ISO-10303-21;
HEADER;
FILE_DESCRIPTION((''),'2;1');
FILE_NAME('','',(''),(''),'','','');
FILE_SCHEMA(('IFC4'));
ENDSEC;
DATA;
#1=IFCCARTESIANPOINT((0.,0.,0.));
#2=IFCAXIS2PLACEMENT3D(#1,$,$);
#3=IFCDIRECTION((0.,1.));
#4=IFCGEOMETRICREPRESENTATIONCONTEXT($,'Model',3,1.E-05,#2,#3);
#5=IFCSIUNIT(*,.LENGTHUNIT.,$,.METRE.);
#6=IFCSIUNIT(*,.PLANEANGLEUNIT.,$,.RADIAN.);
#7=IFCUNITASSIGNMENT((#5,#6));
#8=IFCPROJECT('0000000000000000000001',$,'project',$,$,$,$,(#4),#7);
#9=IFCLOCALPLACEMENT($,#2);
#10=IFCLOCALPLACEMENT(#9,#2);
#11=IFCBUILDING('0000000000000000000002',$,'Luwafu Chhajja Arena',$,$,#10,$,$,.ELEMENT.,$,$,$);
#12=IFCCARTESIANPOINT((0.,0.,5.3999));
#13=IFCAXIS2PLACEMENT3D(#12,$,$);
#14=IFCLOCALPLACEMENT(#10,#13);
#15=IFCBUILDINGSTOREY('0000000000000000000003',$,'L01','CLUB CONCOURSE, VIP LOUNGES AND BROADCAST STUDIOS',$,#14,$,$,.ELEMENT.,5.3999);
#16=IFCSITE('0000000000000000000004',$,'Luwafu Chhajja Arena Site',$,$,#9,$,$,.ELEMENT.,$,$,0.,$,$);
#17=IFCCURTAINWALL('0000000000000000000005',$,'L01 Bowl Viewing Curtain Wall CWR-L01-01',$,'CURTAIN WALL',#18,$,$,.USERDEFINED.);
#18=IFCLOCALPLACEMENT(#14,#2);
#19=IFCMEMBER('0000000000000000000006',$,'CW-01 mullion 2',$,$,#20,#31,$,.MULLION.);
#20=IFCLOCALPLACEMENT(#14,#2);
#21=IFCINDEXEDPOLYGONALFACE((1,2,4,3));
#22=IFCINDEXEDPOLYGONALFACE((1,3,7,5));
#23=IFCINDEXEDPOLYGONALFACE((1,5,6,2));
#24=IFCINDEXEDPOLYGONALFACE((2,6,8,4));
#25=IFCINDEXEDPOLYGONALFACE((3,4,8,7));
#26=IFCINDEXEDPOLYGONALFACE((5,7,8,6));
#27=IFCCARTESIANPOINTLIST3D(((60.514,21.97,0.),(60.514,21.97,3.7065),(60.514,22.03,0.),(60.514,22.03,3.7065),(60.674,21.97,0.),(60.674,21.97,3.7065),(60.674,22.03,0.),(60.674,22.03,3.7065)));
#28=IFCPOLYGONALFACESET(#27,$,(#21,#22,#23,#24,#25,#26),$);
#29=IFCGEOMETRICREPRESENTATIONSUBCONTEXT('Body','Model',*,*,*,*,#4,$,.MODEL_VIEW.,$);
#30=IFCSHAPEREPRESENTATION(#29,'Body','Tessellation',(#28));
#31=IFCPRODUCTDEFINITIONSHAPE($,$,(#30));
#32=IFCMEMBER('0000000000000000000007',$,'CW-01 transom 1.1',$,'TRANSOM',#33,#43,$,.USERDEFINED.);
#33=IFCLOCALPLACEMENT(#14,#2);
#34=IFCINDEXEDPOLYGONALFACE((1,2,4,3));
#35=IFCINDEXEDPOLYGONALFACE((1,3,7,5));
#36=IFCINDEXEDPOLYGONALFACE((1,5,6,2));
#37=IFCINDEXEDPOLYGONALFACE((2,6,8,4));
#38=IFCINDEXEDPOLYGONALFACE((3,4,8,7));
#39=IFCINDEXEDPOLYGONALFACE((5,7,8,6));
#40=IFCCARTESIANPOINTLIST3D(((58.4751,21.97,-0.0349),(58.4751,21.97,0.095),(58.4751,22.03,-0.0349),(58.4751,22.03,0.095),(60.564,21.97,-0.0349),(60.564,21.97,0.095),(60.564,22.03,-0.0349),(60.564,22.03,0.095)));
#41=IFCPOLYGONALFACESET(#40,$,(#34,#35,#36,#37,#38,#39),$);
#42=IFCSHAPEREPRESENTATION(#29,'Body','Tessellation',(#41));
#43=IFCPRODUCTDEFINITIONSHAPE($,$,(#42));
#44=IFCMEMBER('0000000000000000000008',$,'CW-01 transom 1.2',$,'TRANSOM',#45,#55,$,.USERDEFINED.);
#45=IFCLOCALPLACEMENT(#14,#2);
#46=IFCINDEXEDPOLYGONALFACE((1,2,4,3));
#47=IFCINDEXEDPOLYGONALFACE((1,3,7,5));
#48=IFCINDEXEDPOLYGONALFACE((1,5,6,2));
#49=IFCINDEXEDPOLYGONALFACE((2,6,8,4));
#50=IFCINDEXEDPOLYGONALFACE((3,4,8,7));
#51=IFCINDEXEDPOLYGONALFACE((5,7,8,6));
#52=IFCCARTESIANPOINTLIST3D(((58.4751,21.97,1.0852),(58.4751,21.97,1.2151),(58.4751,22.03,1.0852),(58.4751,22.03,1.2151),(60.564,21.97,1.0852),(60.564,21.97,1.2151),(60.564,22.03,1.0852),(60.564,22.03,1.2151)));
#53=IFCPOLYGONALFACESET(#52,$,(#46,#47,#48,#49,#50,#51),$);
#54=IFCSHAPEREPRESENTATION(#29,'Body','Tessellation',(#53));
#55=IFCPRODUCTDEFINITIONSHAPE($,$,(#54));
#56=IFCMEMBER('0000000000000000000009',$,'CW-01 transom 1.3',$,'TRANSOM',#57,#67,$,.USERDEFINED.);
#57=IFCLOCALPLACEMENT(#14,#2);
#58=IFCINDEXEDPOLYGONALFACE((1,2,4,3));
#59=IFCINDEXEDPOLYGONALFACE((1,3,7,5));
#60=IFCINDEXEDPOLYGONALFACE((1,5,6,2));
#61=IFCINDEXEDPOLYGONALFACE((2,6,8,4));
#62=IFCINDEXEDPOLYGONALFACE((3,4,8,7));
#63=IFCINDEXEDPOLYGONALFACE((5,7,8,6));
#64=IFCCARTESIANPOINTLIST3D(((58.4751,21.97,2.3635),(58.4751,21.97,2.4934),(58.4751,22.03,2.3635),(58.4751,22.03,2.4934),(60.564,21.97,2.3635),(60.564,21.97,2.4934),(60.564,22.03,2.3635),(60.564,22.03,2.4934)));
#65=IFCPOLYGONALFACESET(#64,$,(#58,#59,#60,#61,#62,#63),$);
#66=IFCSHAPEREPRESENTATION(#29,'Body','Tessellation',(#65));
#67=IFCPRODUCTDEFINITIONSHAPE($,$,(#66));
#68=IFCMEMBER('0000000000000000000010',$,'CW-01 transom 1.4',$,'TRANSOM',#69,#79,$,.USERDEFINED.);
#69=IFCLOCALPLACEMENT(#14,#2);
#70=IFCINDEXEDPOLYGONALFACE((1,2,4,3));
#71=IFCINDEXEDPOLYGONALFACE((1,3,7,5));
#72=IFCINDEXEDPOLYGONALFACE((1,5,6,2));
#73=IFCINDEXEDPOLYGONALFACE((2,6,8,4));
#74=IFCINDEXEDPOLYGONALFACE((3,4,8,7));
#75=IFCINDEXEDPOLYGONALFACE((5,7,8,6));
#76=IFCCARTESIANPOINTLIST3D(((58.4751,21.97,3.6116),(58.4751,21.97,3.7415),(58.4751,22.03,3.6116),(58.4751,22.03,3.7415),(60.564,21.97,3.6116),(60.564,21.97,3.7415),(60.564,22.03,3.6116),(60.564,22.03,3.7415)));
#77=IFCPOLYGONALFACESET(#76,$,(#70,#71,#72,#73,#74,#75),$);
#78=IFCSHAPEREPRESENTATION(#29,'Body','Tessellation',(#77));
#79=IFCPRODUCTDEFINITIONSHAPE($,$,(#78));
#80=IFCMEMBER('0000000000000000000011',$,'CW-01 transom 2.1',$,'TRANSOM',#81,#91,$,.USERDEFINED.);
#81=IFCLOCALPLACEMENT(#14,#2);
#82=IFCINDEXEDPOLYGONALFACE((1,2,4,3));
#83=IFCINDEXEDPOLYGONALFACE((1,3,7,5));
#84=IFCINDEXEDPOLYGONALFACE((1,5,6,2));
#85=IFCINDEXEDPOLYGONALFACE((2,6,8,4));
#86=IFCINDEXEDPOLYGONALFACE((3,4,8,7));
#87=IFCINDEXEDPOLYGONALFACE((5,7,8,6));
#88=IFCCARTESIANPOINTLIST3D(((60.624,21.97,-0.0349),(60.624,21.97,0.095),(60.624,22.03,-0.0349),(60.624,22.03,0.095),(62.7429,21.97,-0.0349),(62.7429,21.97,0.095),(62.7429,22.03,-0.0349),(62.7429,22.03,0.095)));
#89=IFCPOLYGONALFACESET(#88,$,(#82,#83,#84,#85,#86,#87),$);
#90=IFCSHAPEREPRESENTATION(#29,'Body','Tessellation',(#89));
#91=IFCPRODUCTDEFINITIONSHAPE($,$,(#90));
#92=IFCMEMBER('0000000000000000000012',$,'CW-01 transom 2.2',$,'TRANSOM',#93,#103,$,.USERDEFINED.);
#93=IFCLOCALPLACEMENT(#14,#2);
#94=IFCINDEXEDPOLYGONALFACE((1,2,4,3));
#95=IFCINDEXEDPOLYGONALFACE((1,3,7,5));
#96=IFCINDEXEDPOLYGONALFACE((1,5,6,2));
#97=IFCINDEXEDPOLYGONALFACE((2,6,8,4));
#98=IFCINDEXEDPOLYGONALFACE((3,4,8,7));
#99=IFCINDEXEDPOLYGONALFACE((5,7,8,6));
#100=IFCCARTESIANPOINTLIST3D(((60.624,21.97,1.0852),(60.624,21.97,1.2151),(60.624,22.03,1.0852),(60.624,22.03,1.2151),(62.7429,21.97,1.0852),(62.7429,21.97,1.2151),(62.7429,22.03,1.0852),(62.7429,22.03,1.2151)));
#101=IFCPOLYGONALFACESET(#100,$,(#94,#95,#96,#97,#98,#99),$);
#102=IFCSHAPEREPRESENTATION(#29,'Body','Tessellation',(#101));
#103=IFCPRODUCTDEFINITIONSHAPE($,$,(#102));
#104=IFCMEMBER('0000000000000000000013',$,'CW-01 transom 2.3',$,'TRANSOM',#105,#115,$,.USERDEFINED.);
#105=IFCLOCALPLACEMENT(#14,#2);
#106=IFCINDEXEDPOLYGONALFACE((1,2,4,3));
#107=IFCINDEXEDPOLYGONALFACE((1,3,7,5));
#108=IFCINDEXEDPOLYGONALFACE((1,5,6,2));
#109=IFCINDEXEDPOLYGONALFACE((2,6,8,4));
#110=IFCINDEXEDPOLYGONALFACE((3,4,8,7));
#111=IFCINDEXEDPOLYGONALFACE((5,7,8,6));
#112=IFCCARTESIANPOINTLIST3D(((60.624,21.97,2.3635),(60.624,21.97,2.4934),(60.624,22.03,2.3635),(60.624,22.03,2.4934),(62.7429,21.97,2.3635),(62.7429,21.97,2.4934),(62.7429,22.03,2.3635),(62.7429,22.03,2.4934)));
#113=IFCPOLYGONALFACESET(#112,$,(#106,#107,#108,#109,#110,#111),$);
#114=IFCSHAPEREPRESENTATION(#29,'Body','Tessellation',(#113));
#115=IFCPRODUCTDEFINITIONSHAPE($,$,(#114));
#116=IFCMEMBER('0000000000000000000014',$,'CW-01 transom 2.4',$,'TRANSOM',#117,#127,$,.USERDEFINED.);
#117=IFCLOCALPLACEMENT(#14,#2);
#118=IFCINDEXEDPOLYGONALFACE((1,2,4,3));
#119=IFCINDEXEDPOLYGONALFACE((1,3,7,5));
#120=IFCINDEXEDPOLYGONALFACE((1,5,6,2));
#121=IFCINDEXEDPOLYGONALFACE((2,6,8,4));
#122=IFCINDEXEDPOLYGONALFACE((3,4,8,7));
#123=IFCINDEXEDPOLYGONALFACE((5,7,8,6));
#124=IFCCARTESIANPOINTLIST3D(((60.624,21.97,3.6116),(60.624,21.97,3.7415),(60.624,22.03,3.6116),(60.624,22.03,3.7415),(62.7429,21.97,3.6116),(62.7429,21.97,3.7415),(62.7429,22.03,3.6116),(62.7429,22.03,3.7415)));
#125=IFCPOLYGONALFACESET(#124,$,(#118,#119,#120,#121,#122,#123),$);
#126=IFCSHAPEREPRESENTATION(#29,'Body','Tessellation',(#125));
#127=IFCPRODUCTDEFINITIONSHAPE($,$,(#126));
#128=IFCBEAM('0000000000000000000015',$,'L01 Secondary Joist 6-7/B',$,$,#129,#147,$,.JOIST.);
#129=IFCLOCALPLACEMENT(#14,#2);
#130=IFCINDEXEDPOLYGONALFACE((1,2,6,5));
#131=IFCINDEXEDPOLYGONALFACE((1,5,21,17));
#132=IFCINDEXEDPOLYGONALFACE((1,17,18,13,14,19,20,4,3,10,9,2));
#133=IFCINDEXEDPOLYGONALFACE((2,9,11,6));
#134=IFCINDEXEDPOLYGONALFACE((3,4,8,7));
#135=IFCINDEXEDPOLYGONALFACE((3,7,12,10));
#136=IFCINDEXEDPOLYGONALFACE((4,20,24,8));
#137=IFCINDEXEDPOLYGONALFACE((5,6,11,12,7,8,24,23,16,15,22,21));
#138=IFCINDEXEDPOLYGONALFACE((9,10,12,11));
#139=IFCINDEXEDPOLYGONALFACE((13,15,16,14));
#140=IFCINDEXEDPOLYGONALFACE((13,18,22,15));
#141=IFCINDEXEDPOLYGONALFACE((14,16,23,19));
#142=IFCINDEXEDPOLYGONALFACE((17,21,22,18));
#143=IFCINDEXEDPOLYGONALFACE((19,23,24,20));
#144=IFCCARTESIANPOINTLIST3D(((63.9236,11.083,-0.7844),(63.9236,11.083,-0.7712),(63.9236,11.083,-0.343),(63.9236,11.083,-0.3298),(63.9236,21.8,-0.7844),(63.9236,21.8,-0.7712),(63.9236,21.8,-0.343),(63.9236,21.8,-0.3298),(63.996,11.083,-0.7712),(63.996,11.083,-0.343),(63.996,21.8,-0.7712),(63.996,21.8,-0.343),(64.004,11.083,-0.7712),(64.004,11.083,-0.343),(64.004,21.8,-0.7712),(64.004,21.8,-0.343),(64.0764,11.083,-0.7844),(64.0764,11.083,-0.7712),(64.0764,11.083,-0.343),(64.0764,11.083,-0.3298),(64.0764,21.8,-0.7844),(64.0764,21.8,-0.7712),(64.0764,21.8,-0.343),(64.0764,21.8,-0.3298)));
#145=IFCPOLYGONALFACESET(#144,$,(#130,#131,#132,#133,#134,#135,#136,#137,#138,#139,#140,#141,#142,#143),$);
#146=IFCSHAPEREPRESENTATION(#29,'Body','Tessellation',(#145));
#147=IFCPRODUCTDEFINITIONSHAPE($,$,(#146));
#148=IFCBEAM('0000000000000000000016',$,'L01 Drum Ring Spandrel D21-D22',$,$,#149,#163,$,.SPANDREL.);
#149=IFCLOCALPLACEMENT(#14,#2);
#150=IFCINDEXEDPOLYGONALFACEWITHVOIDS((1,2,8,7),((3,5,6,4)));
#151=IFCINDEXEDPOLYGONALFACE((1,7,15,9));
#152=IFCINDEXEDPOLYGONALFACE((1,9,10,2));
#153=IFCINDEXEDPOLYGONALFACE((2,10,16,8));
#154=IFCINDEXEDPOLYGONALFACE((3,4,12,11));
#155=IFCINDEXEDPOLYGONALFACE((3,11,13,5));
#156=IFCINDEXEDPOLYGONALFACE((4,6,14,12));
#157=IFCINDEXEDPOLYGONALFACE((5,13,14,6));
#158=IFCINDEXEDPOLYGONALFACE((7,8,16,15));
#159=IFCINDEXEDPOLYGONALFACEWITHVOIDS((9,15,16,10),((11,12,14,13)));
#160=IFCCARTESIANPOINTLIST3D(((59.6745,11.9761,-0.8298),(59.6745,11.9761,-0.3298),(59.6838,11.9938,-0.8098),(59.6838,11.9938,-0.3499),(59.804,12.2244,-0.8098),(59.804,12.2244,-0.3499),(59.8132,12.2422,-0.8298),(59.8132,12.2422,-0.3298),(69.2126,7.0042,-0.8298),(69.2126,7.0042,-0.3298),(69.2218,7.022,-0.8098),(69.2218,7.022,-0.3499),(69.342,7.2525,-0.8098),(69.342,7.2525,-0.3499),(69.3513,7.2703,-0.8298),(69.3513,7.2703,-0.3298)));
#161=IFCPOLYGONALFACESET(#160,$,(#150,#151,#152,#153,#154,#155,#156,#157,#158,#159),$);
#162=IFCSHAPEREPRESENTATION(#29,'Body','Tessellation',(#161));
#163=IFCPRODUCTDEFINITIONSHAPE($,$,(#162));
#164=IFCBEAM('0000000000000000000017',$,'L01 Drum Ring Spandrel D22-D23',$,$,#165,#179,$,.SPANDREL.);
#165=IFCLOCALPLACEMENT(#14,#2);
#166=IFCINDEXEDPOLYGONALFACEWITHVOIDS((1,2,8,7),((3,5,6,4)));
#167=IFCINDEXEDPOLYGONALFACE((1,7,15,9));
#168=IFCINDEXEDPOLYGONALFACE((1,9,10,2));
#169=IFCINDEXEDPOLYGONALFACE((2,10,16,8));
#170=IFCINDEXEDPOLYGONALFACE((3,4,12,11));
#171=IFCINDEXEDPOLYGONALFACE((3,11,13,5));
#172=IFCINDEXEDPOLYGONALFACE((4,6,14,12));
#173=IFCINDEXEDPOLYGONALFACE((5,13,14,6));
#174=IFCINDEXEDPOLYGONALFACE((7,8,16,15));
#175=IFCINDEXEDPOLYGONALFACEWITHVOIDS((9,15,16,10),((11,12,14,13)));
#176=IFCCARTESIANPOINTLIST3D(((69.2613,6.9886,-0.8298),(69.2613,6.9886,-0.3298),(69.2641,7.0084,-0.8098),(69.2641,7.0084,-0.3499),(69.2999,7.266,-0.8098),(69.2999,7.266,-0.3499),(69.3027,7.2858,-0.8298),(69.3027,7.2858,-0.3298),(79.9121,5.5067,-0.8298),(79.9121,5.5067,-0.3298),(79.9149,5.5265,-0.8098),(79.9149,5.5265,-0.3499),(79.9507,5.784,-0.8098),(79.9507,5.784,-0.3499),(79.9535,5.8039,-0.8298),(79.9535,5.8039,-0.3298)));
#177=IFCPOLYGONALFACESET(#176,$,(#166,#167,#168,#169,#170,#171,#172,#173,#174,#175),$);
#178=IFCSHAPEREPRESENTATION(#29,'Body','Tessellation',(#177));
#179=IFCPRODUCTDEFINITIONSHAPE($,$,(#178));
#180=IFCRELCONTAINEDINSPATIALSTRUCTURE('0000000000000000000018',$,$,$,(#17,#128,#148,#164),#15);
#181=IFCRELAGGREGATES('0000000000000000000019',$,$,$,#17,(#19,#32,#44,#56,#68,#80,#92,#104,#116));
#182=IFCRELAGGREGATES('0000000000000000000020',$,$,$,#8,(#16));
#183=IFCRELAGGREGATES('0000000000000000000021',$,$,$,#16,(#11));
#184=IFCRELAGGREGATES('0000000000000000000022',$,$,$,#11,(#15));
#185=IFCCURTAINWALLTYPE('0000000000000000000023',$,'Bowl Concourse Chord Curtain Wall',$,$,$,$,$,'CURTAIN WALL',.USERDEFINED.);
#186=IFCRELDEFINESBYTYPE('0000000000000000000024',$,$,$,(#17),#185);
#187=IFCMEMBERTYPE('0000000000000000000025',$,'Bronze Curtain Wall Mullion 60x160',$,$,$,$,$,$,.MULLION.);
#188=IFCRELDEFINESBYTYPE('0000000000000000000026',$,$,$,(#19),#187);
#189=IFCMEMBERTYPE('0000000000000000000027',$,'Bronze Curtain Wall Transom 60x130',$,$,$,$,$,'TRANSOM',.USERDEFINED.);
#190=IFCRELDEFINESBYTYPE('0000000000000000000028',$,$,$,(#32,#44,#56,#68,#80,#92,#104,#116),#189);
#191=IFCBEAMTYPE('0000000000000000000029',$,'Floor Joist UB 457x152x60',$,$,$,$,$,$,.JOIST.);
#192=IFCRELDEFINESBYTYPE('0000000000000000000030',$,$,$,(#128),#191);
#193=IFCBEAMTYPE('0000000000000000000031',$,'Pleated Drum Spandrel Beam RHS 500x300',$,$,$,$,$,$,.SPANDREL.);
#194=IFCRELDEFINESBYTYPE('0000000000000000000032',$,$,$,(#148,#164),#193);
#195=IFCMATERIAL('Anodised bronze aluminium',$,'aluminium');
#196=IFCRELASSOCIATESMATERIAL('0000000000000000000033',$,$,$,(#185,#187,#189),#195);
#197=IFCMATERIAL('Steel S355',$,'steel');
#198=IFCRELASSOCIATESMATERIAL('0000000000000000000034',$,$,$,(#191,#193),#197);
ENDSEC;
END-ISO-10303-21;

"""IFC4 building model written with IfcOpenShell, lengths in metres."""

from ifc_helpers import new_model, si_unit, direction, frame, origin, origin_2d, place, context, subcontext, project, spatial, rectangle, hollow_rectangle, i_section, extrude, material, material_profile, profile_set, type_object, element, aggregate, save


model = new_model("IFC4")

# Units and contexts
model_context = context("Model", 3, precision=1e-05, world=origin(), true_north=direction((0.0, 1.0)))
body_context = subcontext(model_context, "Body", "Model", "MODEL_VIEW")
ifc_project = project(units=[si_unit("LENGTHUNIT", "METRE"), si_unit("PLANEANGLEUNIT", "RADIAN")], contexts=[model_context])

# Site, building, storey
site_placement = place(None, origin())
site = spatial("IfcSite", under=ifc_project, at=site_placement, Name="Luwafu Chhajja Arena Site", CompositionType="ELEMENT", RefElevation=0.0)
building_placement = place(site_placement, origin())
building = spatial("IfcBuilding", under=site, at=building_placement, Name="Luwafu Chhajja Arena", CompositionType="ELEMENT")
storey_placement = place(building_placement, frame((0.0, 0.0, 5.3999)))
storey = spatial("IfcBuildingStorey", under=building, at=storey_placement, Name="L01", Description="CLUB CONCOURSE, VIP LOUNGES AND BROADCAST STUDIOS", CompositionType="ELEMENT", Elevation=5.3999)

# Shared definitions
ifc_material_1 = material(Name="Steel S355", Category="steel")

# Curtain wall, members
ifc_material_2 = material(Name="Anodised bronze aluminium", Category="aluminium")
curtain_wall_type = type_object("IfcCurtainWallType", Name="Bowl Concourse Chord Curtain Wall", ElementType="CURTAIN WALL", PredefinedType="USERDEFINED", material=ifc_material_2)
curtain_wall_placement = place(storey_placement, origin())
curtain_wall = element("IfcCurtainWall", 1, at=curtain_wall_placement, inside=storey, type_object=curtain_wall_type, Name="L01 Bowl Viewing Curtain Wall CWR-L01-01", ObjectType="CURTAIN WALL", PredefinedType="USERDEFINED")
ifc_material_profile_1 = material_profile(ifc_material_2, rectangle(XDim=0.0601, YDim=0.1599, at=origin_2d()), Name="CWM 60x160")
ifc_profile_set_1 = profile_set([ifc_material_profile_1], Name="Anodised bronze aluminium")
member_type_1 = type_object("IfcMemberType", Name="Bronze Curtain Wall Mullion 60x160", PredefinedType="MULLION", material=ifc_profile_set_1)
member_1_placement = place(storey_placement, frame((60.594, 22.0, 0.0), z_axis=(0.0, 0.0, 1.0), x_axis=(0.0, 1.0, 0.0)))
member_1 = element("IfcMember", 2, at=member_1_placement, type_object=member_type_1, Name="CW-01 mullion 2", PredefinedType="MULLION", context=body_context, shape_type="SweptSolid", body=[
    extrude(rectangle(XDim=0.0601, YDim=0.1599, at=origin_2d()), origin(), (0.0, 0.0, 1.0), 3.7065),
])
ifc_material_profile_2 = material_profile(ifc_material_2, rectangle(XDim=0.0601, YDim=0.1299, at=origin_2d()), Name="CWT 60x130")
ifc_profile_set_2 = profile_set([ifc_material_profile_2], Name="Anodised bronze aluminium")
member_type_2 = type_object("IfcMemberType", Name="Bronze Curtain Wall Transom 60x130", ElementType="TRANSOM", PredefinedType="USERDEFINED", material=ifc_profile_set_2)
member_2_placement = place(storey_placement, frame((58.4751, 22.0, 0.03), z_axis=(1.0, 0.0, 0.0), x_axis=(0.0, 1.0, 0.0)))
member_2 = element("IfcMember", 3, at=member_2_placement, type_object=member_type_2, Name="CW-01 transom 1.1", ObjectType="TRANSOM", PredefinedType="USERDEFINED", context=body_context, shape_type="SweptSolid", body=[
    extrude(rectangle(XDim=0.0601, YDim=0.1299, at=origin_2d()), origin(), (0.0, 0.0, 1.0), 2.0889),
])
member_3_placement = place(storey_placement, frame((58.4751, 22.0, 1.1501), z_axis=(1.0, 0.0, 0.0), x_axis=(0.0, 1.0, 0.0)))
member_3 = element("IfcMember", 4, at=member_3_placement, type_object=member_type_2, Name="CW-01 transom 1.2", ObjectType="TRANSOM", PredefinedType="USERDEFINED", context=body_context, shape_type="SweptSolid", body=[
    extrude(rectangle(XDim=0.0601, YDim=0.1299, at=origin_2d()), origin(), (0.0, 0.0, 1.0), 2.0889),
])
member_4_placement = place(storey_placement, frame((58.4751, 22.0, 2.4285), z_axis=(1.0, 0.0, 0.0), x_axis=(0.0, 1.0, 0.0)))
member_4 = element("IfcMember", 5, at=member_4_placement, type_object=member_type_2, Name="CW-01 transom 1.3", ObjectType="TRANSOM", PredefinedType="USERDEFINED", context=body_context, shape_type="SweptSolid", body=[
    extrude(rectangle(XDim=0.0601, YDim=0.1299, at=origin_2d()), origin(), (0.0, 0.0, 1.0), 2.0889),
])
member_5_placement = place(storey_placement, frame((58.4751, 22.0, 3.6765), z_axis=(1.0, 0.0, 0.0), x_axis=(0.0, 1.0, 0.0)))
member_5 = element("IfcMember", 6, at=member_5_placement, type_object=member_type_2, Name="CW-01 transom 1.4", ObjectType="TRANSOM", PredefinedType="USERDEFINED", context=body_context, shape_type="SweptSolid", body=[
    extrude(rectangle(XDim=0.0601, YDim=0.1299, at=origin_2d()), origin(), (0.0, 0.0, 1.0), 2.0889),
])
member_6_placement = place(storey_placement, frame((60.624, 22.0, 0.03), z_axis=(1.0, 0.0, 0.0), x_axis=(0.0, 1.0, 0.0)))
member_6 = element("IfcMember", 7, at=member_6_placement, type_object=member_type_2, Name="CW-01 transom 2.1", ObjectType="TRANSOM", PredefinedType="USERDEFINED", context=body_context, shape_type="SweptSolid", body=[
    extrude(rectangle(XDim=0.0601, YDim=0.1299, at=origin_2d()), origin(), (0.0, 0.0, 1.0), 2.1189),
])
member_7_placement = place(storey_placement, frame((60.624, 22.0, 1.1501), z_axis=(1.0, 0.0, 0.0), x_axis=(0.0, 1.0, 0.0)))
member_7 = element("IfcMember", 8, at=member_7_placement, type_object=member_type_2, Name="CW-01 transom 2.2", ObjectType="TRANSOM", PredefinedType="USERDEFINED", context=body_context, shape_type="SweptSolid", body=[
    extrude(rectangle(XDim=0.0601, YDim=0.1299, at=origin_2d()), origin(), (0.0, 0.0, 1.0), 2.1189),
])
member_8_placement = place(storey_placement, frame((60.624, 22.0, 2.4285), z_axis=(1.0, 0.0, 0.0), x_axis=(0.0, 1.0, 0.0)))
member_8 = element("IfcMember", 9, at=member_8_placement, type_object=member_type_2, Name="CW-01 transom 2.3", ObjectType="TRANSOM", PredefinedType="USERDEFINED", context=body_context, shape_type="SweptSolid", body=[
    extrude(rectangle(XDim=0.0601, YDim=0.1299, at=origin_2d()), origin(), (0.0, 0.0, 1.0), 2.1189),
])
member_9_placement = place(storey_placement, frame((60.624, 22.0, 3.6765), z_axis=(1.0, 0.0, 0.0), x_axis=(0.0, 1.0, 0.0)))
member_9 = element("IfcMember", 10, at=member_9_placement, type_object=member_type_2, Name="CW-01 transom 2.4", ObjectType="TRANSOM", PredefinedType="USERDEFINED", context=body_context, shape_type="SweptSolid", body=[
    extrude(rectangle(XDim=0.0601, YDim=0.1299, at=origin_2d()), origin(), (0.0, 0.0, 1.0), 2.1189),
])

# Beams
ifc_material_profile_3 = material_profile(ifc_material_1, i_section(OverallWidth=0.1528, OverallDepth=0.4546, WebThickness=0.0081, FlangeThickness=0.0132, at=origin_2d()), Name="UB 457x152x60")
ifc_profile_set_3 = profile_set([ifc_material_profile_3], Name="Steel S355")
beam_type_1 = type_object("IfcBeamType", Name="Floor Joist UB 457x152x60", PredefinedType="JOIST", material=ifc_profile_set_3)
beam_1_placement = place(storey_placement, frame((64.0, 11.083, -0.5571), z_axis=(0.0, 1.0, 0.0), x_axis=(-1.0, 0.0, 0.0)))
element("IfcBeam", 11, at=beam_1_placement, inside=storey, type_object=beam_type_1, Name="L01 Secondary Joist 6-7/B", PredefinedType="JOIST", context=body_context, shape_type="SweptSolid", body=[
    extrude(i_section(OverallWidth=0.1528, OverallDepth=0.4546, WebThickness=0.0081, FlangeThickness=0.0132, at=origin_2d()), origin(), (0.0, 0.0, 1.0), 10.717),
])
ifc_material_profile_4 = material_profile(ifc_material_1, hollow_rectangle(XDim=0.3, YDim=0.5, WallThickness=0.02, at=origin_2d()), Name="RHS 500x300x20")
ifc_profile_set_4 = profile_set([ifc_material_profile_4], Name="Steel S355")
beam_type_2 = type_object("IfcBeamType", Name="Pleated Drum Spandrel Beam RHS 500x300", PredefinedType="SPANDREL", material=ifc_profile_set_4)
beam_2_placement = place(storey_placement, frame((59.7439, 12.1091, -0.5798), z_axis=(0.886755, -0.462239, 0.0), x_axis=(0.462239, 0.886755, 0.0)))
element("IfcBeam", 12, at=beam_2_placement, inside=storey, type_object=beam_type_2, Name="L01 Drum Ring Spandrel D21-D22", PredefinedType="SPANDREL", context=body_context, shape_type="SweptSolid", body=[
    extrude(hollow_rectangle(XDim=0.3, YDim=0.5, WallThickness=0.02, at=origin_2d()), origin(), (0.0, 0.0, 1.0), 10.7561),
])
beam_3_placement = place(storey_placement, frame((69.282, 7.1372, -0.5798), z_axis=(0.990459, -0.13781, 0.0), x_axis=(0.13781, 0.990459, 0.0)))
element("IfcBeam", 13, at=beam_3_placement, inside=storey, type_object=beam_type_2, Name="L01 Drum Ring Spandrel D22-D23", PredefinedType="SPANDREL", context=body_context, shape_type="SweptSolid", body=[
    extrude(hollow_rectangle(XDim=0.3, YDim=0.5, WallThickness=0.02, at=origin_2d()), origin(), (0.0, 0.0, 1.0), 10.7534),
])

aggregate(curtain_wall, [member_1, member_2, member_3, member_4, member_5, member_6, member_7, member_8, member_9])

save(model, "model.ifc")
